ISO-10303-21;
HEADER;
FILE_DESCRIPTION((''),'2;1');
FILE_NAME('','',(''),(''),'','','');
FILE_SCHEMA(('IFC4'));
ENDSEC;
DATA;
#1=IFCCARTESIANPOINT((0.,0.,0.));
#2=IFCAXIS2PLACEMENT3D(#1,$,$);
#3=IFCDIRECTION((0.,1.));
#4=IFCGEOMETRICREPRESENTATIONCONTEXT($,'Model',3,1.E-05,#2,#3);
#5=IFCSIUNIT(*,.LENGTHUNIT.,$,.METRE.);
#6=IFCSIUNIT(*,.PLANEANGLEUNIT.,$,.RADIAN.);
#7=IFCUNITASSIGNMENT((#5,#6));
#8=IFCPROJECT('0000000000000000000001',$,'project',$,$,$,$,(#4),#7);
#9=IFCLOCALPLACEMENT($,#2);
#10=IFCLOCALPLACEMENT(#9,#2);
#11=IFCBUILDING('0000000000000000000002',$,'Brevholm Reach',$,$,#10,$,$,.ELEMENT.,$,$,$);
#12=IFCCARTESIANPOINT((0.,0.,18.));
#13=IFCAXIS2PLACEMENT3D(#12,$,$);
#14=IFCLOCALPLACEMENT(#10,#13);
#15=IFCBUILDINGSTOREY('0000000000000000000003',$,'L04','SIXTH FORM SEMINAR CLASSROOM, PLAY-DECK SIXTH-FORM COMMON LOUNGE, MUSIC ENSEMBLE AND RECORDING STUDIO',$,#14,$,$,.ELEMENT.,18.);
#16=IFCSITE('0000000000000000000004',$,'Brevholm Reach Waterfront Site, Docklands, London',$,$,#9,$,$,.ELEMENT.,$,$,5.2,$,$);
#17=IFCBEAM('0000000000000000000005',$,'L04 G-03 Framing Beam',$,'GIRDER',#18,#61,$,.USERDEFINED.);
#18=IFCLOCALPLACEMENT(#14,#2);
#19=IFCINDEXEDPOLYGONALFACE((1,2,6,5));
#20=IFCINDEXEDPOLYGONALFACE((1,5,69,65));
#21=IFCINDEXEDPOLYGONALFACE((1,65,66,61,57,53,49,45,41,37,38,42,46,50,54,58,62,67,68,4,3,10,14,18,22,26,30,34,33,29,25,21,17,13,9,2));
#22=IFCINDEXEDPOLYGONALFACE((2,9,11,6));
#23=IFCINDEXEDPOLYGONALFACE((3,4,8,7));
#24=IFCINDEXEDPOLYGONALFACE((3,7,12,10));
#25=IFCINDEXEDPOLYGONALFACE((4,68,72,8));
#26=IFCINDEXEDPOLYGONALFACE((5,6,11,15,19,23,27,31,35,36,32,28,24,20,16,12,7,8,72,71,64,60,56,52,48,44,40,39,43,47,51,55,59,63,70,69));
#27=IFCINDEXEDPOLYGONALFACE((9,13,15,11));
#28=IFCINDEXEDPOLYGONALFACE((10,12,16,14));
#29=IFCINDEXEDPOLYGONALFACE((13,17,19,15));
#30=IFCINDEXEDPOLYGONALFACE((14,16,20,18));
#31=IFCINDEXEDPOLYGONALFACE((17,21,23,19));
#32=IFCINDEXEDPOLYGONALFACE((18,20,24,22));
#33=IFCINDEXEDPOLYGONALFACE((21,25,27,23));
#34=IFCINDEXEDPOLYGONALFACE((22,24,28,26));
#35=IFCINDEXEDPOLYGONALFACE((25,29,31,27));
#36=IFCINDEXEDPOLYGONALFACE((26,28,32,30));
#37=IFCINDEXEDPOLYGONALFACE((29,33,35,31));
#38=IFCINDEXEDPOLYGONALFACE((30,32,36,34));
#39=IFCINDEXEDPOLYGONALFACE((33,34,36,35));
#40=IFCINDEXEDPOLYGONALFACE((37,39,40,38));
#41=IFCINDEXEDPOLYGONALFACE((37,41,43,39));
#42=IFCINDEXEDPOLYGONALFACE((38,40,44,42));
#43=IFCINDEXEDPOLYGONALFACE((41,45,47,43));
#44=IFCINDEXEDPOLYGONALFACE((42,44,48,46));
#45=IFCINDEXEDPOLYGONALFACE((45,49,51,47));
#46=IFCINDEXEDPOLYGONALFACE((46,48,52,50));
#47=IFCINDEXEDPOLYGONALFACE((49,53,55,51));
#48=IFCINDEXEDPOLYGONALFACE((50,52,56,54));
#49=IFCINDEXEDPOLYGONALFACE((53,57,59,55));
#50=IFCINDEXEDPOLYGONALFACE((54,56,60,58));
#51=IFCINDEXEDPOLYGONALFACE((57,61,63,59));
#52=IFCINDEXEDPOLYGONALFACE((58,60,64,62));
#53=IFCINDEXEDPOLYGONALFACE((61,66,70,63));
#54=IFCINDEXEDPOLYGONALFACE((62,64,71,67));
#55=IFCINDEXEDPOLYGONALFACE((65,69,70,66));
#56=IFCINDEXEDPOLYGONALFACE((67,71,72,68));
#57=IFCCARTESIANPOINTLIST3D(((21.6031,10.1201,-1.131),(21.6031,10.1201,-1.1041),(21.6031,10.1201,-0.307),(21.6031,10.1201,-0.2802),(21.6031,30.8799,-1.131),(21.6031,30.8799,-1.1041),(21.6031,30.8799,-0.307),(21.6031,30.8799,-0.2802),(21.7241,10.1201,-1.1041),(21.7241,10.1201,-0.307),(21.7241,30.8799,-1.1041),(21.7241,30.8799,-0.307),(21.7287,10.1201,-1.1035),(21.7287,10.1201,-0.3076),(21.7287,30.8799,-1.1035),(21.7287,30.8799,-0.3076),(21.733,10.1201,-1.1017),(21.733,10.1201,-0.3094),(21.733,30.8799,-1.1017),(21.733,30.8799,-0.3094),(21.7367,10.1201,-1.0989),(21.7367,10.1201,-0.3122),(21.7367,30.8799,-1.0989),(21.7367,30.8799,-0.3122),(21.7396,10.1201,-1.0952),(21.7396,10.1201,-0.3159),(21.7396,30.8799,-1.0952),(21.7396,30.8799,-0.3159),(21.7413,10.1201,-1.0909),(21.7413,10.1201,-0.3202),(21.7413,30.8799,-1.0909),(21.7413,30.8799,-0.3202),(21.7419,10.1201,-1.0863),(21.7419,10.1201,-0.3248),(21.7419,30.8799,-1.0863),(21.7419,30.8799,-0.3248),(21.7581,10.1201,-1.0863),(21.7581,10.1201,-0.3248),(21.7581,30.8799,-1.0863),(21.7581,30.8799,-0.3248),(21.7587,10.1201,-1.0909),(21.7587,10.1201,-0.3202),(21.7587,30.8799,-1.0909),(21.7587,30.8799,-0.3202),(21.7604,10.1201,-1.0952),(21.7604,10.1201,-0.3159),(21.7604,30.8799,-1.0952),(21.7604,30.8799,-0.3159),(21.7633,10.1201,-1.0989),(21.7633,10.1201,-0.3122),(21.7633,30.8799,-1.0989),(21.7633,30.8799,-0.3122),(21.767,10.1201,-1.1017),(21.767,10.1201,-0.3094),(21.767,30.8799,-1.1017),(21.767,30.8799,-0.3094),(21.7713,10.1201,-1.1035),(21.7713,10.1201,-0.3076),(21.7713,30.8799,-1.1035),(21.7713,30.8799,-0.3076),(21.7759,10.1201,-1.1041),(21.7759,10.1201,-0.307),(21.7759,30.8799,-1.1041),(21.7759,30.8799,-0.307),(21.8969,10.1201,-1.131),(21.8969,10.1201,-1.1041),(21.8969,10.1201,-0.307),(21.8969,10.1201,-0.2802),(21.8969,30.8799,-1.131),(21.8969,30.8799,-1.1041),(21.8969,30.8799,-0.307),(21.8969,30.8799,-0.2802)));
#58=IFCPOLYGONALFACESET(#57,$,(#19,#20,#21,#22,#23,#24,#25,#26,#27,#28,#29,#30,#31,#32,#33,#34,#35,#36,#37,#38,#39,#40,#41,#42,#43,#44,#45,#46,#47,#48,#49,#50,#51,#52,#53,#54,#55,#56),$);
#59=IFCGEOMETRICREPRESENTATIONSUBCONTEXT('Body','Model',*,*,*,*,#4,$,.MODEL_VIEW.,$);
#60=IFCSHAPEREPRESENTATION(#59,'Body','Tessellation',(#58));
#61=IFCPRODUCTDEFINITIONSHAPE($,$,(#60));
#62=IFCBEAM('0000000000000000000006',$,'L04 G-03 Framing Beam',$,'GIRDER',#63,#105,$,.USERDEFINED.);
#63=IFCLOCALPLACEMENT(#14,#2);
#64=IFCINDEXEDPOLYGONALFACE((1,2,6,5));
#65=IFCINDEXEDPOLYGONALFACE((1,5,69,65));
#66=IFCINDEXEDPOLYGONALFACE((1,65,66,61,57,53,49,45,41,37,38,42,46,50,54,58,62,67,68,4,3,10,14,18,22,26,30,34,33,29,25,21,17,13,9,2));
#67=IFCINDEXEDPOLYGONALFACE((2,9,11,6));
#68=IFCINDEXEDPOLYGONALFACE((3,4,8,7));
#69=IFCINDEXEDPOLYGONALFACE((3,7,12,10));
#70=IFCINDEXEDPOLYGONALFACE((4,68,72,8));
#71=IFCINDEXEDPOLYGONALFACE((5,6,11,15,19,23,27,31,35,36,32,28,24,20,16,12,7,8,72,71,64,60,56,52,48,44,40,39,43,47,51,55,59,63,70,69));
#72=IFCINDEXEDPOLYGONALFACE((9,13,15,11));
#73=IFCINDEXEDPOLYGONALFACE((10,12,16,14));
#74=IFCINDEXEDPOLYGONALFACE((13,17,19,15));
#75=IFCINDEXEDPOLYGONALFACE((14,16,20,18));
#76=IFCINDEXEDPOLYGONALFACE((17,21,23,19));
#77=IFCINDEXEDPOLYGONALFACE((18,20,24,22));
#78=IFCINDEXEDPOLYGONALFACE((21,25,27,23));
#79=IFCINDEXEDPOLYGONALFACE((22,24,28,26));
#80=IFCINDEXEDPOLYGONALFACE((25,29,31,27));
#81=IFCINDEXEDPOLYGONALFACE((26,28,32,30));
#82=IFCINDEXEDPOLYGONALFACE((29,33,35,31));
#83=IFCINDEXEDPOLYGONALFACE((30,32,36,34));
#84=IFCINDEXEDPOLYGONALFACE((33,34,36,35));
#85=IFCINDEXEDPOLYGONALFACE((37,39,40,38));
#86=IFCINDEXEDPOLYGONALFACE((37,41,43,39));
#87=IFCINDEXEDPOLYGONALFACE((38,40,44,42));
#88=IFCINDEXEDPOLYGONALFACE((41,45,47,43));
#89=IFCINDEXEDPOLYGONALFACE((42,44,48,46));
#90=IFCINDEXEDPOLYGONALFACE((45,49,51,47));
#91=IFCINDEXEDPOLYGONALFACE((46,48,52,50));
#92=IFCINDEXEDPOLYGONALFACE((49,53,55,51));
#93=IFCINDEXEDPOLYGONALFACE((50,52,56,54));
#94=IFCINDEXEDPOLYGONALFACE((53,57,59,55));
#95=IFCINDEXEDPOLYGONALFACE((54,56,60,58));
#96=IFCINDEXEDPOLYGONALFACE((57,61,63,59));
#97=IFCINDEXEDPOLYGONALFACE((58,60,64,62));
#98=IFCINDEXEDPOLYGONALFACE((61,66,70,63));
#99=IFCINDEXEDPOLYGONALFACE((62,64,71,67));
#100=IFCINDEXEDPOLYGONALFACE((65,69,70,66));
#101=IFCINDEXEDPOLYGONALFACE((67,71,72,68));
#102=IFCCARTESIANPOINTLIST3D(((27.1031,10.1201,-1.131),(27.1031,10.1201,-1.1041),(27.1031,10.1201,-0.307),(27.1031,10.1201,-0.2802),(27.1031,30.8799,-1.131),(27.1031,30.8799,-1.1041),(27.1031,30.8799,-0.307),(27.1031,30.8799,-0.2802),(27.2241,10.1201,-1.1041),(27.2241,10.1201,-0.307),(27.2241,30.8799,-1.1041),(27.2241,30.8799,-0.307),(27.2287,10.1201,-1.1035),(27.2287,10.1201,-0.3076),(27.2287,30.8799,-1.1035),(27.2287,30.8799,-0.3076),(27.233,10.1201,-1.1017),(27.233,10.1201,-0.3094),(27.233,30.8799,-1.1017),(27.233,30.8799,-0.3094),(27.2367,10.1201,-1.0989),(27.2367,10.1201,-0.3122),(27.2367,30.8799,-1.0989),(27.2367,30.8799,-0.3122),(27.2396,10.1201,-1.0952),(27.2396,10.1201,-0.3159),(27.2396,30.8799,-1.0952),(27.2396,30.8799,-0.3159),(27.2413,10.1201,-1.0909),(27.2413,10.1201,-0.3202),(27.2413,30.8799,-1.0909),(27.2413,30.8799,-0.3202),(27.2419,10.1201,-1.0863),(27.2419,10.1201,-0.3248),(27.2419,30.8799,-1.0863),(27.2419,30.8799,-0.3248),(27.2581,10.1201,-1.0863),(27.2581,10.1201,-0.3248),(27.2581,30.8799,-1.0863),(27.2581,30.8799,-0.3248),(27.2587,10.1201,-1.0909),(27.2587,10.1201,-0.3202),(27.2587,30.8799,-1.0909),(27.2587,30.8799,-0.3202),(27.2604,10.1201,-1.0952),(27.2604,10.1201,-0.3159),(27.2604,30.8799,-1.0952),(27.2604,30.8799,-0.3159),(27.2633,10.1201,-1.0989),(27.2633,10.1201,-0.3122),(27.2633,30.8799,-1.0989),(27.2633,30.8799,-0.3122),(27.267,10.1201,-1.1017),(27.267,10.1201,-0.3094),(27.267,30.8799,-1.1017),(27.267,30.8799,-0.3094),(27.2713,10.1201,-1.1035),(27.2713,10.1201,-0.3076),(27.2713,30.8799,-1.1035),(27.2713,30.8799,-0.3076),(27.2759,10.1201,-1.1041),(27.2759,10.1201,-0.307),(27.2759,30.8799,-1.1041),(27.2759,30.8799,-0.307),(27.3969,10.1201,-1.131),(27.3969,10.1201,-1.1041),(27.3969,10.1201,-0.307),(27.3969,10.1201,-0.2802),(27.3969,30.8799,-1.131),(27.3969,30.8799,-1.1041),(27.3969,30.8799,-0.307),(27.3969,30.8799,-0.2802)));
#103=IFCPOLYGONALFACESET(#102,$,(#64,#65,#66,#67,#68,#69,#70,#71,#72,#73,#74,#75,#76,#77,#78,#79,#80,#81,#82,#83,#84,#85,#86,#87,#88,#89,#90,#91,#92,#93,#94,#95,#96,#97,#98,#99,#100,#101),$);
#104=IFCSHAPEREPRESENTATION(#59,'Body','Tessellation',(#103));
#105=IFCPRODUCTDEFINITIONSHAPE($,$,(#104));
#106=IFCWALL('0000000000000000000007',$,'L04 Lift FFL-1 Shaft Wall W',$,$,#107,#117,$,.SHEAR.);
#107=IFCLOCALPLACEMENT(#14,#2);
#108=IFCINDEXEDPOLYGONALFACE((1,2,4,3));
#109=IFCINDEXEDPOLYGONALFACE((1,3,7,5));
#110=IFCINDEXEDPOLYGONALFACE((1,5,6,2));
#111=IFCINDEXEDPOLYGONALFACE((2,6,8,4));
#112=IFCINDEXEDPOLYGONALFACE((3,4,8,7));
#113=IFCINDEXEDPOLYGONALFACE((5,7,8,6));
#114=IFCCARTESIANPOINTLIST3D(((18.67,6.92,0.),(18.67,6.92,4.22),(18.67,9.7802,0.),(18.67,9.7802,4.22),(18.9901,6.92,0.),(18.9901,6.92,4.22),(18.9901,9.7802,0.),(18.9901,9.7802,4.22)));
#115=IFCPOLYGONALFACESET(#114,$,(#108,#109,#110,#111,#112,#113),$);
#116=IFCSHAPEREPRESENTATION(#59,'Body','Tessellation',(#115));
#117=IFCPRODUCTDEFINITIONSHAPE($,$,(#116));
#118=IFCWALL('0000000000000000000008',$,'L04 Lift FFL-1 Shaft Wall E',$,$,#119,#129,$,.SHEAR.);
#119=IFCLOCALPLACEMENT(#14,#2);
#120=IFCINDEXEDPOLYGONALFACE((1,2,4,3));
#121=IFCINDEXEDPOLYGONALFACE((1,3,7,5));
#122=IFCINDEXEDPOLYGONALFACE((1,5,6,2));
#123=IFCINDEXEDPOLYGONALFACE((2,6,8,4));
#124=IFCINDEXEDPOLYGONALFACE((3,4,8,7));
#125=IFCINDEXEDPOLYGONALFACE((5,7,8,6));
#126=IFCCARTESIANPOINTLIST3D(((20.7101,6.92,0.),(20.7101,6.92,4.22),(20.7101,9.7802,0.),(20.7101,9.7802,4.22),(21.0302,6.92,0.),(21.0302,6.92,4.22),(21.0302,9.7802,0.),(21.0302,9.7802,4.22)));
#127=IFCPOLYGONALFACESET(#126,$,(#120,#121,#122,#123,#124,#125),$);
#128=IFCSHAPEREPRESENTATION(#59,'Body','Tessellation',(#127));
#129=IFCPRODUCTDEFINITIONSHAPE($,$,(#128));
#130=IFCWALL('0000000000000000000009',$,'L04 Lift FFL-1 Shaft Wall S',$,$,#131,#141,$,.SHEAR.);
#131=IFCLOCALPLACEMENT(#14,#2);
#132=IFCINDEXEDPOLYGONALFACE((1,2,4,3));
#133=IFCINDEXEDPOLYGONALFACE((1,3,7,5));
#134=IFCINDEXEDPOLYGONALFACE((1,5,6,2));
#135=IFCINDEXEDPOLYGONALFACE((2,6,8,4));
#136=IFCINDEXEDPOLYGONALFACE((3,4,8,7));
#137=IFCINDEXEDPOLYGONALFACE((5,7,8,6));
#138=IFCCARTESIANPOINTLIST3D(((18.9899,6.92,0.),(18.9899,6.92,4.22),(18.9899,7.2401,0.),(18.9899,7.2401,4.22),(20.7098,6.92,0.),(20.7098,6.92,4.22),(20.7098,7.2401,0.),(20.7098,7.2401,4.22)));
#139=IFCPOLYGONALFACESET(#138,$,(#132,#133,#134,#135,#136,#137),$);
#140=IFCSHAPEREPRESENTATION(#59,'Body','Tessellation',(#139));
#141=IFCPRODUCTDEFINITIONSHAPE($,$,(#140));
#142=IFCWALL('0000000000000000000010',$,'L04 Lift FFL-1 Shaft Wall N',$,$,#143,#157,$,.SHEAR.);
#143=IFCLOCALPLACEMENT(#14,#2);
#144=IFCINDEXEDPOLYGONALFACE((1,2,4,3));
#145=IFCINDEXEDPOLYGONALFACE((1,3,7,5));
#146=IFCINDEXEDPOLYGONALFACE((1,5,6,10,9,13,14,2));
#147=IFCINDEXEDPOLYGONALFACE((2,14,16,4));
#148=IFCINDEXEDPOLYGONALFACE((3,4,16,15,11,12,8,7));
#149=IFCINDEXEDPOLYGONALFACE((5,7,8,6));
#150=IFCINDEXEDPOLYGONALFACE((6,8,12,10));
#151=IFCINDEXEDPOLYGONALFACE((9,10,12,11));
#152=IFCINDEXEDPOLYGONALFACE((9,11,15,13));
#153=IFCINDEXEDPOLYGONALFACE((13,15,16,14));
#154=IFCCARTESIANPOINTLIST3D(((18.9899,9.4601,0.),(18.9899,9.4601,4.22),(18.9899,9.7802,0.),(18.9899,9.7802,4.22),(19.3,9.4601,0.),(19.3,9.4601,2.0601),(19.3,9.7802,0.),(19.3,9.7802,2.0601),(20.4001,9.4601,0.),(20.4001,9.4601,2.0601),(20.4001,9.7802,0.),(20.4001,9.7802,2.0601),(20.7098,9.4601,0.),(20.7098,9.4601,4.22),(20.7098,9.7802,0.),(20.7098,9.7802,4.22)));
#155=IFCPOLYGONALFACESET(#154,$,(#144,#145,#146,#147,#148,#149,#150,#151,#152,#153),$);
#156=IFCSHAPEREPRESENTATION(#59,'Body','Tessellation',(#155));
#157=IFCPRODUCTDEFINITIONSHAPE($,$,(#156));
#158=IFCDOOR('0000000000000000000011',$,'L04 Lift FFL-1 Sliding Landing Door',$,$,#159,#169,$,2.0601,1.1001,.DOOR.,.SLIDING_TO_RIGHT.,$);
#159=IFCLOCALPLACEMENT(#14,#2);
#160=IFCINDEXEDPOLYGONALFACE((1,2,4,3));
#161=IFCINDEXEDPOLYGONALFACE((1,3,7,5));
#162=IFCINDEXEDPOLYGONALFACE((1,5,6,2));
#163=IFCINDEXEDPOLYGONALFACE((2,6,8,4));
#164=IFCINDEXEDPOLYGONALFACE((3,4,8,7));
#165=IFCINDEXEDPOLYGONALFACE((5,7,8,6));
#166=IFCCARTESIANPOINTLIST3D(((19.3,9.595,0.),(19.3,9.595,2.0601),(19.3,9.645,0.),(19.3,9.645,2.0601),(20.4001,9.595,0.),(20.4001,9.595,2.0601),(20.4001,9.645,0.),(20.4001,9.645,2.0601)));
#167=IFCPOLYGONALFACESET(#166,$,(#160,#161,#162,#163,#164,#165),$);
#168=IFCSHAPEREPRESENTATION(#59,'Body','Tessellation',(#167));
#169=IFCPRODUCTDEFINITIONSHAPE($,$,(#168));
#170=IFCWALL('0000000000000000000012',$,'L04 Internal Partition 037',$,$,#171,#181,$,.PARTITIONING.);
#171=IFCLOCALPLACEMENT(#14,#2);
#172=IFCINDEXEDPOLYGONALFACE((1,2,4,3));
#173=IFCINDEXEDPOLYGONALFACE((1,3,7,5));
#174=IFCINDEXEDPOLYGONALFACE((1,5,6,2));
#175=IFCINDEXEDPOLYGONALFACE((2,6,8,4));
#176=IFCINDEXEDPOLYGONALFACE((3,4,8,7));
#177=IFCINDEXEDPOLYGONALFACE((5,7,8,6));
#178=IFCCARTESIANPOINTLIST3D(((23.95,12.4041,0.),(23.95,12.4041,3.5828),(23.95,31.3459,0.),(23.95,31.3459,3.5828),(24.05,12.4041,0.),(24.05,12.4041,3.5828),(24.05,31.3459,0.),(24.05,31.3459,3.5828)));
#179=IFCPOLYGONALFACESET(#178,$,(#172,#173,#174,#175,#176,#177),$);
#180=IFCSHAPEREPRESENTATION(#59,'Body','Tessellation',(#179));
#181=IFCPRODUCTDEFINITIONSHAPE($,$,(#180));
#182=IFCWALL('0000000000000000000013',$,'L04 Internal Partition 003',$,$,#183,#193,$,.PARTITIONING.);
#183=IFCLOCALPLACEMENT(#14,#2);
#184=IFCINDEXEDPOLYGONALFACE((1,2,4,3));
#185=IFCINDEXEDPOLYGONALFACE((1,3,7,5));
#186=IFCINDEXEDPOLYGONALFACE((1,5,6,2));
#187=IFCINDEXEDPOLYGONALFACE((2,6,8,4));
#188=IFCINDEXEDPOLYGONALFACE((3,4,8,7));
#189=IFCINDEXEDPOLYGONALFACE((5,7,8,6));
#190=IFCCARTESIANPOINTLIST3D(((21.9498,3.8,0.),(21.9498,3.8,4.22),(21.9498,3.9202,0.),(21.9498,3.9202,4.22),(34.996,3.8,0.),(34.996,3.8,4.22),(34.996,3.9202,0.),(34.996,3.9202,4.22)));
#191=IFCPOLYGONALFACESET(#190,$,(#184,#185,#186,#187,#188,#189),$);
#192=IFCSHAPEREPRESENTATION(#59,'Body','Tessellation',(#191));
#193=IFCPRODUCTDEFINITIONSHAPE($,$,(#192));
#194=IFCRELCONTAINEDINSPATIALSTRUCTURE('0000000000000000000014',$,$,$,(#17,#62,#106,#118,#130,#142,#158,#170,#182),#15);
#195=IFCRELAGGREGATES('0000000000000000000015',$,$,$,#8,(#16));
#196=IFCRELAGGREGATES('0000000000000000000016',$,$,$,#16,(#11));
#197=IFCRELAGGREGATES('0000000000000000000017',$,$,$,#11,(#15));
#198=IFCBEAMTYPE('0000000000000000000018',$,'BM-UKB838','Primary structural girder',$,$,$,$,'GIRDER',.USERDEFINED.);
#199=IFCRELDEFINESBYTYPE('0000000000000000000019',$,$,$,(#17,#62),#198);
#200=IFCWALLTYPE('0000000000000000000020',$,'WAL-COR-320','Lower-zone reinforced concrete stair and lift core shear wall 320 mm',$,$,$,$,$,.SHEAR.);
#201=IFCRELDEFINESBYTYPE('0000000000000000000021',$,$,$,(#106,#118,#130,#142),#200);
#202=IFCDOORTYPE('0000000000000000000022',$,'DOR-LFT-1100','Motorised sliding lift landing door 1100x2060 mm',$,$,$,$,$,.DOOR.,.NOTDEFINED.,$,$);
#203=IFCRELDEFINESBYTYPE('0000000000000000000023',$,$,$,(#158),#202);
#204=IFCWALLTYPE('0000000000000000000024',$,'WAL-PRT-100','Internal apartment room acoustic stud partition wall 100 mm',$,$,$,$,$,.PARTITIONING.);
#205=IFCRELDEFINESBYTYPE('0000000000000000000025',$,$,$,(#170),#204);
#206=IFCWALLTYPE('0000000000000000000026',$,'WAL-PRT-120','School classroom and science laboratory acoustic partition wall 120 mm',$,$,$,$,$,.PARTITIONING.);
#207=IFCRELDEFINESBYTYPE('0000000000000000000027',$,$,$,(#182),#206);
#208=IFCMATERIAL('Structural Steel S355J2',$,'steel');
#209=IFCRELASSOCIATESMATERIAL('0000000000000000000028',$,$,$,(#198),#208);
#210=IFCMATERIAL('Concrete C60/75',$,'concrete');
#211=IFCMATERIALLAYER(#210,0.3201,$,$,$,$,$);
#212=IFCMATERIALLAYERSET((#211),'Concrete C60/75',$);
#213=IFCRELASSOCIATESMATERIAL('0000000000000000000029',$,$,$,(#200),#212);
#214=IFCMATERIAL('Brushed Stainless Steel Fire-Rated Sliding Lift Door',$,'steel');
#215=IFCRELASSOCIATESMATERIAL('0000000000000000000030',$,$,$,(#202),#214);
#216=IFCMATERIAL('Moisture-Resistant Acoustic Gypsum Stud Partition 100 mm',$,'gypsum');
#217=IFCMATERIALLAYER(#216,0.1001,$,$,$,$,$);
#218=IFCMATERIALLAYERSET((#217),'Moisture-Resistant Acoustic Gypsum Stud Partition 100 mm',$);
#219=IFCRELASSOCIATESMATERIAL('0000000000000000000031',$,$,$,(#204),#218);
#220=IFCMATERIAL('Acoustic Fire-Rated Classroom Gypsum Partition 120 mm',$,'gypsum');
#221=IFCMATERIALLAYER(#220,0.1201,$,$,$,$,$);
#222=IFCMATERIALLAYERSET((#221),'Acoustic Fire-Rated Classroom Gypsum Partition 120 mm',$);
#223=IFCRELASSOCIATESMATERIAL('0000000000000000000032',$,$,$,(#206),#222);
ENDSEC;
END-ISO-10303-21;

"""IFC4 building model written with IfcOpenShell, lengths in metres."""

from ifc_helpers import new_model, si_unit, direction, frame, frame_2d, origin, origin_2d, place, context, subcontext, project, spatial, rectangle, i_section, extrude, material, layer, layer_set, material_profile, profile_set, type_object, element, fill, save


model = new_model("IFC4")

# Units and contexts
model_context = context("Model", 3, precision=1e-05, world=origin(), true_north=direction((0.0, 1.0)))
body_context = subcontext(model_context, "Body", "Model", "MODEL_VIEW")
ifc_project = project(units=[si_unit("LENGTHUNIT", "METRE"), si_unit("PLANEANGLEUNIT", "RADIAN")], contexts=[model_context])

# Site, building, storey
site_placement = place(None, origin())
site = spatial("IfcSite", under=ifc_project, at=site_placement, Name="Brevholm Reach Waterfront Site, Docklands, London", CompositionType="ELEMENT", RefElevation=5.2)
building_placement = place(site_placement, origin())
building = spatial("IfcBuilding", under=site, at=building_placement, Name="Brevholm Reach", CompositionType="ELEMENT")
storey_placement = place(building_placement, frame((0.0, 0.0, 18.0)))
storey = spatial("IfcBuildingStorey", under=building, at=storey_placement, Name="L04", Description="SIXTH FORM SEMINAR CLASSROOM, PLAY-DECK SIXTH-FORM COMMON LOUNGE, MUSIC ENSEMBLE AND RECORDING STUDIO", CompositionType="ELEMENT", Elevation=18.0)

# Beams
ifc_material_1 = material(Name="Structural Steel S355J2", Category="steel")
ifc_material_profile_1 = material_profile(ifc_material_1, i_section(OverallWidth=0.2937, OverallDepth=0.8508, WebThickness=0.0161, FlangeThickness=0.0269, FilletRadius=0.0178, at=origin_2d()), Name="UKB 838x292x226")
ifc_profile_set_1 = profile_set([ifc_material_profile_1], Name="Structural Steel S355J2")
beam_type_1 = type_object("IfcBeamType", Name="BM-UKB838", Description="Primary structural girder", ElementType="GIRDER", PredefinedType="USERDEFINED", material=ifc_profile_set_1)
for number, where, z_axis, x_axis, name in (
    (1, (21.75, 10.1201, -0.7056), (0.0, 1.0, 0.0), (-1.0, 0.0, 0.0), "L04 G-03 Framing Beam"),
    (2, (27.25, 10.1201, -0.7056), (0.0, 1.0, 0.0), (-1.0, 0.0, 0.0), "L04 G-03 Framing Beam"),
):
    element("IfcBeam", number, at=place(storey_placement, frame(where, z_axis=z_axis, x_axis=x_axis)), inside=storey, type_object=beam_type_1, Name=name, ObjectType="GIRDER", PredefinedType="USERDEFINED", context=body_context, shape_type="SweptSolid", body=[
        extrude(i_section(OverallWidth=0.2937, OverallDepth=0.8508, WebThickness=0.0161, FlangeThickness=0.0269, FilletRadius=0.0178, at=origin_2d()), origin(), (0.0, 0.0, 1.0), 20.7598),
    ])

# Walls
ifc_material_2 = material(Name="Concrete C60/75", Category="concrete")
ifc_layer_1 = layer(ifc_material_2, 0.3201)
ifc_layer_set_1 = layer_set([ifc_layer_1], Name="Concrete C60/75")
wall_type_1 = type_object("IfcWallType", Name="WAL-COR-320", Description="Lower-zone reinforced concrete stair and lift core shear wall 320 mm", PredefinedType="SHEAR", material=ifc_layer_set_1)
for number, where, z_axis, x_axis, name in (
    (3, (18.8301, 6.9199, 0.0), (0.0, 0.0, 1.0), (0.0, 1.0, 0.0), "L04 Lift FFL-1 Shaft Wall W"),
    (4, (20.8701, 6.9199, 0.0), (0.0, 0.0, 1.0), (0.0, 1.0, 0.0), "L04 Lift FFL-1 Shaft Wall E"),
):
    element("IfcWall", number, at=place(storey_placement, frame(where, z_axis=z_axis, x_axis=x_axis)), inside=storey, type_object=wall_type_1, Name=name, PredefinedType="SHEAR", context=body_context, shape_type="SweptSolid", body=[
        extrude(rectangle(XDim=2.8601, YDim=0.3201, at=frame_2d((1.4302, 0.0))), origin(), (0.0, 0.0, 1.0), 4.22),
    ])
wall_1_placement = place(storey_placement, frame((18.99, 7.0801, 0.0), z_axis=(0.0, 0.0, 1.0), x_axis=(1.0, 0.0, 0.0)))
element("IfcWall", 5, at=wall_1_placement, inside=storey, type_object=wall_type_1, Name="L04 Lift FFL-1 Shaft Wall S", PredefinedType="SHEAR", context=body_context, shape_type="SweptSolid", body=[
    extrude(rectangle(XDim=1.72, YDim=0.3201, at=frame_2d((0.8599, 0.0))), origin(), (0.0, 0.0, 1.0), 4.22),
])

# Wall, opening, door
wall_2_placement = place(storey_placement, frame((18.99, 9.6201, 0.0), z_axis=(0.0, 0.0, 1.0), x_axis=(1.0, 0.0, 0.0)))
wall_2 = element("IfcWall", 6, at=wall_2_placement, inside=storey, type_object=wall_type_1, Name="L04 Lift FFL-1 Shaft Wall N", PredefinedType="SHEAR", context=body_context, shape_type="SweptSolid", body=[
    extrude(rectangle(XDim=1.72, YDim=0.3201, at=frame_2d((0.8599, 0.0))), origin(), (0.0, 0.0, 1.0), 4.22),
])
opening_1_placement = place(wall_2_placement, frame((0.3101, 0.0, 0.0)))
opening_1 = element("IfcOpeningElement", 7, at=opening_1_placement, cuts=wall_2, PredefinedType="OPENING", context=body_context, shape_type="SweptSolid", body=[
    extrude(rectangle(XDim=1.1001, YDim=2.0601, at=frame_2d((0.55, 1.03))), frame((0.0, 0.1699, 0.0), z_axis=(0.0, -1.0, 0.0), x_axis=(1.0, 0.0, 0.0)), (0.0, 0.0, 1.0), 0.3401),
])
ifc_material_3 = material(Name="Brushed Stainless Steel Fire-Rated Sliding Lift Door", Category="steel")
door_type_1 = type_object("IfcDoorType", Name="DOR-LFT-1100", Description="Motorised sliding lift landing door 1100x2060 mm", OperationType="NOTDEFINED", PredefinedType="DOOR", material=ifc_material_3)
door_1_placement = place(opening_1_placement, origin())
door_1 = element("IfcDoor", 8, at=door_1_placement, inside=storey, type_object=door_type_1, Name="L04 Lift FFL-1 Sliding Landing Door", OperationType="SLIDING_TO_RIGHT", OverallHeight=2.0601, OverallWidth=1.1001, PredefinedType="DOOR", context=body_context, shape_type="SweptSolid", body=[
    extrude(rectangle(XDim=1.1001, YDim=2.0601, at=frame_2d((0.55, 1.03))), frame((0.0, 0.0249, 0.0), z_axis=(0.0, -1.0, 0.0), x_axis=(1.0, 0.0, 0.0)), (0.0, 0.0, 1.0), 0.05),
])
fill(opening_1, door_1)

# Walls
ifc_material_4 = material(Name="Moisture-Resistant Acoustic Gypsum Stud Partition 100 mm", Category="gypsum")
ifc_layer_2 = layer(ifc_material_4, 0.1001)
ifc_layer_set_2 = layer_set([ifc_layer_2], Name="Moisture-Resistant Acoustic Gypsum Stud Partition 100 mm")
wall_type_2 = type_object("IfcWallType", Name="WAL-PRT-100", Description="Internal apartment room acoustic stud partition wall 100 mm", PredefinedType="PARTITIONING", material=ifc_layer_set_2)
wall_3_placement = place(storey_placement, frame((24.0, 12.4041, 0.0), z_axis=(0.0, 0.0, 1.0), x_axis=(0.0, 1.0, 0.0)))
element("IfcWall", 9, at=wall_3_placement, inside=storey, type_object=wall_type_2, Name="L04 Internal Partition 037", PredefinedType="PARTITIONING", context=body_context, shape_type="SweptSolid", body=[
    extrude(rectangle(XDim=18.9419, YDim=0.1001, at=frame_2d((9.4709, 0.0))), origin(), (0.0, 0.0, 1.0), 3.5828),
])
ifc_material_5 = material(Name="Acoustic Fire-Rated Classroom Gypsum Partition 120 mm", Category="gypsum")
ifc_layer_3 = layer(ifc_material_5, 0.1201)
ifc_layer_set_3 = layer_set([ifc_layer_3], Name="Acoustic Fire-Rated Classroom Gypsum Partition 120 mm")
wall_type_3 = type_object("IfcWallType", Name="WAL-PRT-120", Description="School classroom and science laboratory acoustic partition wall 120 mm", PredefinedType="PARTITIONING", material=ifc_layer_set_3)
wall_4_placement = place(storey_placement, frame((21.95, 3.8601, 0.0), z_axis=(0.0, 0.0, 1.0), x_axis=(1.0, 0.0, 0.0)))
element("IfcWall", 10, at=wall_4_placement, inside=storey, type_object=wall_type_3, Name="L04 Internal Partition 003", PredefinedType="PARTITIONING", context=body_context, shape_type="SweptSolid", body=[
    extrude(rectangle(XDim=13.0461, YDim=0.1201, at=frame_2d((6.5229, 0.0))), origin(), (0.0, 0.0, 1.0), 4.22),
])

save(model, "model.ifc")
